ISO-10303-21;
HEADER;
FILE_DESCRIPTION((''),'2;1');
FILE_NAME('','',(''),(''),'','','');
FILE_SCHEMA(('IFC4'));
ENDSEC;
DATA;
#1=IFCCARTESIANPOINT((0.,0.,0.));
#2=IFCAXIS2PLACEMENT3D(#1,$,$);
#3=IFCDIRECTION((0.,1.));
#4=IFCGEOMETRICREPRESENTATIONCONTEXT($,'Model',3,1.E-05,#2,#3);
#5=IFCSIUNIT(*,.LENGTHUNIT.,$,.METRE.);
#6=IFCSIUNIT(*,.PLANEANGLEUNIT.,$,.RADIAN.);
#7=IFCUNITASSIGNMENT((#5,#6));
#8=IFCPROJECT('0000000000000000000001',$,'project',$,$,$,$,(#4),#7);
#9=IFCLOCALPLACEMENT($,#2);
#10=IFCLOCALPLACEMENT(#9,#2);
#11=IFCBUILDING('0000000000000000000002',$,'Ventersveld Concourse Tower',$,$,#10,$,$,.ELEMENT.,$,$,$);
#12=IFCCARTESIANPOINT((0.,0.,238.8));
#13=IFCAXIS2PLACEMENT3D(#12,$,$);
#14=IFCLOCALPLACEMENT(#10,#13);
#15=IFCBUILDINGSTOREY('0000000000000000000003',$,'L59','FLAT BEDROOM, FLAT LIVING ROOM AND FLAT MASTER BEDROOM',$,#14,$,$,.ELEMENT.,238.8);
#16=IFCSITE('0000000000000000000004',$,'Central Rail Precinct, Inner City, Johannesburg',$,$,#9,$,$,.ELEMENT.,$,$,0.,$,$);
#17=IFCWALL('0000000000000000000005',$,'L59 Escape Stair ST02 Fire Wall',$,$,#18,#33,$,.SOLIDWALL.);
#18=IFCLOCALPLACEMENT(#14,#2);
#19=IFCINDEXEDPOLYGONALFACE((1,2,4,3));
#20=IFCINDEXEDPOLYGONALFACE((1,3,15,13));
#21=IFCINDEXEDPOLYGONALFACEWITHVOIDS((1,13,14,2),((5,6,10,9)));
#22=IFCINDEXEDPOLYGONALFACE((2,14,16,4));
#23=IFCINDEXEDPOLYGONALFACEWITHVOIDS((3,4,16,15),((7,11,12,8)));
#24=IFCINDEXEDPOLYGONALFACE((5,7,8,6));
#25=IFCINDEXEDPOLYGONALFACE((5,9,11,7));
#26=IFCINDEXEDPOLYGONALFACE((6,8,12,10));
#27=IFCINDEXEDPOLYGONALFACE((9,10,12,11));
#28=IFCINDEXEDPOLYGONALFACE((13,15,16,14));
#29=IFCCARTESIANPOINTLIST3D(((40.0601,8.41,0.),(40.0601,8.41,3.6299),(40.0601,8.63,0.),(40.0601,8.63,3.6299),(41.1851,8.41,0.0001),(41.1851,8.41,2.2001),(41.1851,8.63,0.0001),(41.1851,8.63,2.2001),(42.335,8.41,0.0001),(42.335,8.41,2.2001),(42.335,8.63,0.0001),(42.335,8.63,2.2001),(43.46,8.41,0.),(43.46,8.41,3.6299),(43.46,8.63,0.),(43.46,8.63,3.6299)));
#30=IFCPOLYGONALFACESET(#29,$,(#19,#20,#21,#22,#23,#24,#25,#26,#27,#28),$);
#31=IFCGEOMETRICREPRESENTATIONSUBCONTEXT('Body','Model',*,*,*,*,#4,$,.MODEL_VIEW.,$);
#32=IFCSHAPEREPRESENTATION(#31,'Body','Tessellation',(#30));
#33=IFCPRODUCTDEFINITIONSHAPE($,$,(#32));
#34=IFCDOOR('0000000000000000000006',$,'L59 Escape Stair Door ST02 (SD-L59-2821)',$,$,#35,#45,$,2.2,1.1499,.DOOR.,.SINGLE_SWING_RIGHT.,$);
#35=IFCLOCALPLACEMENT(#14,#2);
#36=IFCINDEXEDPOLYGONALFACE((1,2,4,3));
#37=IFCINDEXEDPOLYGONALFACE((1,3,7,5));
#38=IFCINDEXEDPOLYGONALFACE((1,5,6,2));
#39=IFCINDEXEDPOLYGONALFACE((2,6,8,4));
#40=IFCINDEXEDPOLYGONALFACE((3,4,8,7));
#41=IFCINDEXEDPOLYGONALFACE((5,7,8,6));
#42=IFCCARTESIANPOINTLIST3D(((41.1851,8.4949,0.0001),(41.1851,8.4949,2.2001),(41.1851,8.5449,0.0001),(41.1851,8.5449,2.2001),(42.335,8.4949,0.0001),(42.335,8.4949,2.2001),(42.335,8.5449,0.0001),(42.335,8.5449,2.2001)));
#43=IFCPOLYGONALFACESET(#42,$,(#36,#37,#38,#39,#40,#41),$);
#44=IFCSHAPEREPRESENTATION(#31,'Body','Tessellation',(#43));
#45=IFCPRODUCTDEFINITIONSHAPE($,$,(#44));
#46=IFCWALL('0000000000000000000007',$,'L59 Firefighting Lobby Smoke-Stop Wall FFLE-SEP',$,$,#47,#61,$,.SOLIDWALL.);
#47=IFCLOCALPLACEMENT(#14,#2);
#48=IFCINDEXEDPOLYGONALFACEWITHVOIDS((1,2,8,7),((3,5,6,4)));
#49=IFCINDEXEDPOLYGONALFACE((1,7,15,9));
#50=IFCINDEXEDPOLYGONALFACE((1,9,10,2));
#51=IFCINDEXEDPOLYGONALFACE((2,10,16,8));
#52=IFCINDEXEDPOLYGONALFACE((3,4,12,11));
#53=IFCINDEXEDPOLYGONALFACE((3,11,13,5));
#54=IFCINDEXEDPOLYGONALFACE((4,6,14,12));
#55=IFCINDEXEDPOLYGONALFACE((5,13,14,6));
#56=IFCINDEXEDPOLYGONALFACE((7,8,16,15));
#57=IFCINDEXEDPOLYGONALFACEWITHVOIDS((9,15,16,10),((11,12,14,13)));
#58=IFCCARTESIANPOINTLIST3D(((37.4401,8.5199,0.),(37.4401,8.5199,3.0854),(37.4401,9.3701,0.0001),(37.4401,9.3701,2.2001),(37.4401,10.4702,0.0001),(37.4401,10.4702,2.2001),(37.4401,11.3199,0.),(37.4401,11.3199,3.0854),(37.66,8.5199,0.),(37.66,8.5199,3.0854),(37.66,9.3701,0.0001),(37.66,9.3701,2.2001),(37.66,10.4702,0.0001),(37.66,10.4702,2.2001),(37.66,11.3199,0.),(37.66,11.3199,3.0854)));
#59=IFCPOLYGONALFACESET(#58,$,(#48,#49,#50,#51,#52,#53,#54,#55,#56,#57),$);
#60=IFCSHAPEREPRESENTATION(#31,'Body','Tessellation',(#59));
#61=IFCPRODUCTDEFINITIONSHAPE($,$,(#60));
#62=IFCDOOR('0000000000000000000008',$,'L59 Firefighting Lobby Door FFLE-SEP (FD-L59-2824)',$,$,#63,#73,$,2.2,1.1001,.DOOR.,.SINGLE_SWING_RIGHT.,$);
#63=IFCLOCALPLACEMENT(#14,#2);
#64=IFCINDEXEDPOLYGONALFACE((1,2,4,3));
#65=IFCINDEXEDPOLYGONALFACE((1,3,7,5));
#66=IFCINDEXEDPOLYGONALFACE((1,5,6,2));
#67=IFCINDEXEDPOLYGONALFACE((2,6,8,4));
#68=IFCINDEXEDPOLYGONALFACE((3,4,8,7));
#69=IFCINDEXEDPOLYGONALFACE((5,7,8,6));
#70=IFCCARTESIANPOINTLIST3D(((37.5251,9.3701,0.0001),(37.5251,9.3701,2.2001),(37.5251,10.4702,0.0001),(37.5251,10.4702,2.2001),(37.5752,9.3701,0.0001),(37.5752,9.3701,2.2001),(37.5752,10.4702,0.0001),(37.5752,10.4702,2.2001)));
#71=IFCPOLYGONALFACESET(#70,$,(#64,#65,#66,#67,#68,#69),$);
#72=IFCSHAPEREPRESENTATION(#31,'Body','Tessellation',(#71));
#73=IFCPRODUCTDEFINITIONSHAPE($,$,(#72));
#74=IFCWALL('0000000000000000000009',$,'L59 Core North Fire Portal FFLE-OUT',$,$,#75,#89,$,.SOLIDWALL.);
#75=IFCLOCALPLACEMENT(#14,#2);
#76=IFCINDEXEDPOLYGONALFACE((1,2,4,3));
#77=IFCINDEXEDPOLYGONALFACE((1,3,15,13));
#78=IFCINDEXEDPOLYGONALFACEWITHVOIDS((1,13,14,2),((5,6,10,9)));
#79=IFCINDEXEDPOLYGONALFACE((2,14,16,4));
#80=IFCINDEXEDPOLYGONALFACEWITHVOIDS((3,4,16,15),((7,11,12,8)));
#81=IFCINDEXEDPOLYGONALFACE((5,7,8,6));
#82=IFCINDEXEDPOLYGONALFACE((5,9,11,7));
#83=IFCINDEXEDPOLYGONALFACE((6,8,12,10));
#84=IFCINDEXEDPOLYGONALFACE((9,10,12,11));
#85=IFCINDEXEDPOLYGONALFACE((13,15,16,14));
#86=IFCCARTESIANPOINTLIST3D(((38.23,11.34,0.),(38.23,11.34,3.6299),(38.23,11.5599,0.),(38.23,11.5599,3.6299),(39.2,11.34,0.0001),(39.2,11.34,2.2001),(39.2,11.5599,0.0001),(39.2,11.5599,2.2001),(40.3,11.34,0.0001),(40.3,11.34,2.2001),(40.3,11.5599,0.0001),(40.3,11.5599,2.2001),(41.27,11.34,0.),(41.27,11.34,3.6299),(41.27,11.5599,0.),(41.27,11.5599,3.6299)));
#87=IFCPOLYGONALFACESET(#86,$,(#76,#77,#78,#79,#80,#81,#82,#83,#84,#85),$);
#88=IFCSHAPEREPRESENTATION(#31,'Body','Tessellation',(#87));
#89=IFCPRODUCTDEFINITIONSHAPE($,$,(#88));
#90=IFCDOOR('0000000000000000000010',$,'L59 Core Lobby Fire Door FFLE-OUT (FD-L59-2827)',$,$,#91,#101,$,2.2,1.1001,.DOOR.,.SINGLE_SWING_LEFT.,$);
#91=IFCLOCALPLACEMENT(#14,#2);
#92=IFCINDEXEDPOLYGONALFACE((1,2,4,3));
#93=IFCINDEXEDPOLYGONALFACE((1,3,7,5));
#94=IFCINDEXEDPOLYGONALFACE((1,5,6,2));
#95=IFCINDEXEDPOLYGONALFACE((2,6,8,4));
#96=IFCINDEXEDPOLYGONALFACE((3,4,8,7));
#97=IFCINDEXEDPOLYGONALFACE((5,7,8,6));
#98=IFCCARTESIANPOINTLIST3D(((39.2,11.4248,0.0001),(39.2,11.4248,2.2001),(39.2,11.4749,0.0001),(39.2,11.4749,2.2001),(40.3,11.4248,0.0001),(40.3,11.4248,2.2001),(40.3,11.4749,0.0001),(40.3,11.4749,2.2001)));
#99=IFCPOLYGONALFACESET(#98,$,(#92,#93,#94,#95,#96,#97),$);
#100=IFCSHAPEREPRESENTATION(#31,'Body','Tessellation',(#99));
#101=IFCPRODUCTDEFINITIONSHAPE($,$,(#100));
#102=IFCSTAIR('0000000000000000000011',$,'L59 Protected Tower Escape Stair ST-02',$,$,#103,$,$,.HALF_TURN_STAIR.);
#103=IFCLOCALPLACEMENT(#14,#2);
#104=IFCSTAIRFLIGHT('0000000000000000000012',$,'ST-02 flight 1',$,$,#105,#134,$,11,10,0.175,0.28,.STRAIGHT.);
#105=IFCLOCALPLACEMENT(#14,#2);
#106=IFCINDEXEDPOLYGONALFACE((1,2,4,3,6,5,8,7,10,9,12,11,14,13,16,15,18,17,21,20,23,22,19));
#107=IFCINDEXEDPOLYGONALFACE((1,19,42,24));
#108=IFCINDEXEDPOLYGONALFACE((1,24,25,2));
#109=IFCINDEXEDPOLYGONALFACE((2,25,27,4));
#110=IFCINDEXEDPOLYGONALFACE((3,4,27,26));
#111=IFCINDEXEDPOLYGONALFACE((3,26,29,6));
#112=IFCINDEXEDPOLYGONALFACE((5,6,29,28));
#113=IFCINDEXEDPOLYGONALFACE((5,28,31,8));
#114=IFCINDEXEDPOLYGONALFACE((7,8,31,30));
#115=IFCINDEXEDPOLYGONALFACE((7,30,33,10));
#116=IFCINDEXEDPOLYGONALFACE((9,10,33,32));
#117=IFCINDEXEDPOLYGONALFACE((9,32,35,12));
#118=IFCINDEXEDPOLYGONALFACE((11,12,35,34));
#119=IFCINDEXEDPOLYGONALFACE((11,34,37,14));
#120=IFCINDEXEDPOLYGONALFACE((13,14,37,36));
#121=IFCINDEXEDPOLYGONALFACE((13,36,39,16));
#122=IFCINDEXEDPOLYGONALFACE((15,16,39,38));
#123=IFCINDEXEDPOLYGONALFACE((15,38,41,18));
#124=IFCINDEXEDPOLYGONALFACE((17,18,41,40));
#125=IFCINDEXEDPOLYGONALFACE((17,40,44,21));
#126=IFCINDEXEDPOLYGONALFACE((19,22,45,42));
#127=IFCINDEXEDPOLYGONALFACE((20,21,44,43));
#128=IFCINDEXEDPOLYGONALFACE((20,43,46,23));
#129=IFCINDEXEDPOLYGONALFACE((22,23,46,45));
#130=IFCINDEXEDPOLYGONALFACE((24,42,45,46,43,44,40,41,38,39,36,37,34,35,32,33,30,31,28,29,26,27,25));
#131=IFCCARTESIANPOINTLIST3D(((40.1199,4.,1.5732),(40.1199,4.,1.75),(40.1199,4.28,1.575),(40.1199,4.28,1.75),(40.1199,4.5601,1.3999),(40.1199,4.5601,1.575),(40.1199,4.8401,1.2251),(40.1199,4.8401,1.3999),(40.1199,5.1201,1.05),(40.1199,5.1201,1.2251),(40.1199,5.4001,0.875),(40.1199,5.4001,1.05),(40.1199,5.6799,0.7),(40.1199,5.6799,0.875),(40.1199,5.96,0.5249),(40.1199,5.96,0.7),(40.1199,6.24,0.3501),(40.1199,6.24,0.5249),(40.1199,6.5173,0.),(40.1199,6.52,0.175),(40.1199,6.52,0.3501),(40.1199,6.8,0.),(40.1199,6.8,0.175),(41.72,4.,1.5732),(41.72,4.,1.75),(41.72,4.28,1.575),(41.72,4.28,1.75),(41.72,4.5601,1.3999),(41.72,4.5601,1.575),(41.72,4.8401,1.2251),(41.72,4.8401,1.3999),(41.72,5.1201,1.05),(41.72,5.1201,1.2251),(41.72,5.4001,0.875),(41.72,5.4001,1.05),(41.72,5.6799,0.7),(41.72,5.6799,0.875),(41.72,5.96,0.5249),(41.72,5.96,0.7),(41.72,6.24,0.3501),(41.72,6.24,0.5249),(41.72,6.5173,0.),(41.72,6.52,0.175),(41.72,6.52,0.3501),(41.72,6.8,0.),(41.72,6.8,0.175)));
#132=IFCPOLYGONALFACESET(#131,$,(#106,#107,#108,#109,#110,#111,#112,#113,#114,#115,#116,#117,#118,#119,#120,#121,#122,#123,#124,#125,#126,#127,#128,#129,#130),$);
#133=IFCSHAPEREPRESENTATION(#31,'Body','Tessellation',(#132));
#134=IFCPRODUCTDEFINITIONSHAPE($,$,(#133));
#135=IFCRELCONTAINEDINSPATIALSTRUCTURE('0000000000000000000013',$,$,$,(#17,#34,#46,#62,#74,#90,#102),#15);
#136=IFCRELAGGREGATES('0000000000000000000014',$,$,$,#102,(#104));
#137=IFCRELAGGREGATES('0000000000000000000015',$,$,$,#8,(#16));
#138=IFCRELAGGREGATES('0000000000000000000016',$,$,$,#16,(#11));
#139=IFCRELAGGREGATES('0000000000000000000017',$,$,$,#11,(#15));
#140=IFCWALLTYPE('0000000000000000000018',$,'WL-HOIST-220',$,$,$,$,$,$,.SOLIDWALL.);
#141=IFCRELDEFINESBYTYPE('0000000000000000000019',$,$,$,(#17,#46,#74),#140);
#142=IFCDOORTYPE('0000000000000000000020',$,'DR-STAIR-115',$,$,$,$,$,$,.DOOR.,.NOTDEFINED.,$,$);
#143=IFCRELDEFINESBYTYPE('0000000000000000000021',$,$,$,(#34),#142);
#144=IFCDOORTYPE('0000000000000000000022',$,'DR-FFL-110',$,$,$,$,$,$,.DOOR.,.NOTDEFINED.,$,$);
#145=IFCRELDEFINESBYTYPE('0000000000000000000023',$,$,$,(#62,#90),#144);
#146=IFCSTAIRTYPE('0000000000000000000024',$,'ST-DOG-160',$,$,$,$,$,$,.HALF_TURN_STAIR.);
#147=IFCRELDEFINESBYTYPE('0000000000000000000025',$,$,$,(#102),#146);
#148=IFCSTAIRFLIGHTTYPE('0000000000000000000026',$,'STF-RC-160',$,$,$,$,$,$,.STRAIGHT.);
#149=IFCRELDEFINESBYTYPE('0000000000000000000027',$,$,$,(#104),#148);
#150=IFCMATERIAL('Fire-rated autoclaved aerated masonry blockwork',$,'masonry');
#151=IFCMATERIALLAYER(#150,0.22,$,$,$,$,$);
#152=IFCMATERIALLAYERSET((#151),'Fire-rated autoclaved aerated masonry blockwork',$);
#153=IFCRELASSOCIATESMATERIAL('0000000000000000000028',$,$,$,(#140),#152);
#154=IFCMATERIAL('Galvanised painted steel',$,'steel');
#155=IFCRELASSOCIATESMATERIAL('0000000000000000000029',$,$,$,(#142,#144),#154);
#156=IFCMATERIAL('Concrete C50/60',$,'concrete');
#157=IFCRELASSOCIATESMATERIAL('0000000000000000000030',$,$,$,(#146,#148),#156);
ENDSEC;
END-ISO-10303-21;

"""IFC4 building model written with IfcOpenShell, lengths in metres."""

from ifc_helpers import new_model, si_unit, direction, frame, frame_2d, origin, place, context, subcontext, project, spatial, polyline, rectangle, outline, extrude, material, layer, layer_set, type_object, element, fill, aggregate, save


model = new_model("IFC4")

# Units and contexts
model_context = context("Model", 3, precision=1e-05, world=origin(), true_north=direction((0.0, 1.0)))
body_context = subcontext(model_context, "Body", "Model", "MODEL_VIEW")
ifc_project = project(units=[si_unit("LENGTHUNIT", "METRE"), si_unit("PLANEANGLEUNIT", "RADIAN")], contexts=[model_context])

# Site, building, storey
site_placement = place(None, origin())
site = spatial("IfcSite", under=ifc_project, at=site_placement, Name="Central Rail Precinct, Inner City, Johannesburg", CompositionType="ELEMENT", RefElevation=0.0)
building_placement = place(site_placement, origin())
building = spatial("IfcBuilding", under=site, at=building_placement, Name="Ventersveld Concourse Tower", CompositionType="ELEMENT")
storey_placement = place(building_placement, frame((0.0, 0.0, 238.8)))
storey = spatial("IfcBuildingStorey", under=building, at=storey_placement, Name="L59", Description="FLAT BEDROOM, FLAT LIVING ROOM AND FLAT MASTER BEDROOM", CompositionType="ELEMENT", Elevation=238.8)

# Shared definitions
ifc_material_1 = material(Name="Concrete C50/60", Category="concrete")

# Shared definitions
ifc_material_2 = material(Name="Fire-rated autoclaved aerated masonry blockwork", Category="masonry")
ifc_layer_1 = layer(ifc_material_2, 0.22)
ifc_layer_set_1 = layer_set([ifc_layer_1], Name="Fire-rated autoclaved aerated masonry blockwork")
wall_type_1 = type_object("IfcWallType", Name="WL-HOIST-220", PredefinedType="SOLIDWALL", material=ifc_layer_set_1)

# Walls, openings, doors
wall_1_placement = place(storey_placement, frame((40.0601, 8.52, 0.0), z_axis=(0.0, 0.0, 1.0), x_axis=(1.0, 0.0, 0.0)))
wall_1 = element("IfcWall", 1, at=wall_1_placement, inside=storey, type_object=wall_type_1, Name="L59 Escape Stair ST02 Fire Wall", PredefinedType="SOLIDWALL", context=body_context, shape_type="SweptSolid", body=[
    extrude(rectangle(XDim=3.3999, YDim=0.22, at=frame_2d((1.7, 0.0))), origin(), (0.0, 0.0, 1.0), 3.6299),
])
opening_1_placement = place(wall_1_placement, frame((1.125, 0.0, 0.0)))
opening_1 = element("IfcOpeningElement", 2, at=opening_1_placement, cuts=wall_1, PredefinedType="OPENING", context=body_context, shape_type="SweptSolid", body=[
    extrude(rectangle(XDim=1.1499, YDim=2.2, at=frame_2d((0.575, 1.1001))), frame((0.0, 0.1201, 0.0), z_axis=(0.0, -1.0, 0.0), x_axis=(1.0, 0.0, 0.0)), (0.0, 0.0, 1.0), 0.24),
])
ifc_material_3 = material(Name="Galvanised painted steel", Category="steel")
door_type_1 = type_object("IfcDoorType", Name="DR-STAIR-115", OperationType="NOTDEFINED", PredefinedType="DOOR", material=ifc_material_3)
door_1_placement = place(opening_1_placement, origin())
door_1 = element("IfcDoor", 3, at=door_1_placement, inside=storey, type_object=door_type_1, Name="L59 Escape Stair Door ST02 (SD-L59-2821)", OperationType="SINGLE_SWING_RIGHT", OverallHeight=2.2, OverallWidth=1.1499, PredefinedType="DOOR", context=body_context, shape_type="SweptSolid", body=[
    extrude(rectangle(XDim=1.1499, YDim=2.2, at=frame_2d((0.575, 1.1001))), frame((0.0, 0.0249, 0.0), z_axis=(0.0, -1.0, 0.0), x_axis=(1.0, 0.0, 0.0)), (0.0, 0.0, 1.0), 0.05),
])
fill(opening_1, door_1)
wall_2_placement = place(storey_placement, frame((37.55, 8.52, 0.0), z_axis=(0.0, 0.0, 1.0), x_axis=(0.0, 1.0, 0.0)))
wall_2 = element("IfcWall", 4, at=wall_2_placement, inside=storey, type_object=wall_type_1, Name="L59 Firefighting Lobby Smoke-Stop Wall FFLE-SEP", PredefinedType="SOLIDWALL", context=body_context, shape_type="SweptSolid", body=[
    extrude(rectangle(XDim=2.8, YDim=0.22, at=frame_2d((1.3999, 0.0))), origin(), (0.0, 0.0, 1.0), 3.0854),
])
opening_2_placement = place(wall_2_placement, frame((0.8501, 0.0, 0.0)))
opening_2 = element("IfcOpeningElement", 5, at=opening_2_placement, cuts=wall_2, PredefinedType="OPENING", context=body_context, shape_type="SweptSolid", body=[
    extrude(rectangle(XDim=1.1001, YDim=2.2, at=frame_2d((0.55, 1.1001))), frame((0.0, 0.1201, 0.0), z_axis=(0.0, -1.0, 0.0), x_axis=(1.0, 0.0, 0.0)), (0.0, 0.0, 1.0), 0.24),
])
door_type_2 = type_object("IfcDoorType", Name="DR-FFL-110", OperationType="NOTDEFINED", PredefinedType="DOOR", material=ifc_material_3)
door_2_placement = place(opening_2_placement, origin())
door_2 = element("IfcDoor", 6, at=door_2_placement, inside=storey, type_object=door_type_2, Name="L59 Firefighting Lobby Door FFLE-SEP (FD-L59-2824)", OperationType="SINGLE_SWING_RIGHT", OverallHeight=2.2, OverallWidth=1.1001, PredefinedType="DOOR", context=body_context, shape_type="SweptSolid", body=[
    extrude(rectangle(XDim=1.1001, YDim=2.2, at=frame_2d((0.55, 1.1001))), frame((0.0, 0.0249, 0.0), z_axis=(0.0, -1.0, 0.0), x_axis=(1.0, 0.0, 0.0)), (0.0, 0.0, 1.0), 0.05),
])
fill(opening_2, door_2)
wall_3_placement = place(storey_placement, frame((38.23, 11.45, 0.0), z_axis=(0.0, 0.0, 1.0), x_axis=(1.0, 0.0, 0.0)))
wall_3 = element("IfcWall", 7, at=wall_3_placement, inside=storey, type_object=wall_type_1, Name="L59 Core North Fire Portal FFLE-OUT", PredefinedType="SOLIDWALL", context=body_context, shape_type="SweptSolid", body=[
    extrude(rectangle(XDim=3.04, YDim=0.22, at=frame_2d((1.52, 0.0))), origin(), (0.0, 0.0, 1.0), 3.6299),
])
opening_3_placement = place(wall_3_placement, frame((0.97, 0.0, 0.0)))
opening_3 = element("IfcOpeningElement", 8, at=opening_3_placement, cuts=wall_3, PredefinedType="OPENING", context=body_context, shape_type="SweptSolid", body=[
    extrude(rectangle(XDim=1.1001, YDim=2.2, at=frame_2d((0.55, 1.1001))), frame((0.0, 0.1201, 0.0), z_axis=(0.0, -1.0, 0.0), x_axis=(1.0, 0.0, 0.0)), (0.0, 0.0, 1.0), 0.24),
])
door_3_placement = place(opening_3_placement, origin())
door_3 = element("IfcDoor", 9, at=door_3_placement, inside=storey, type_object=door_type_2, Name="L59 Core Lobby Fire Door FFLE-OUT (FD-L59-2827)", OperationType="SINGLE_SWING_LEFT", OverallHeight=2.2, OverallWidth=1.1001, PredefinedType="DOOR", context=body_context, shape_type="SweptSolid", body=[
    extrude(rectangle(XDim=1.1001, YDim=2.2, at=frame_2d((0.55, 1.1001))), frame((0.0, 0.0249, 0.0), z_axis=(0.0, -1.0, 0.0), x_axis=(1.0, 0.0, 0.0)), (0.0, 0.0, 1.0), 0.05),
])
fill(opening_3, door_3)

# Stair, stair flight
stair_type = type_object("IfcStairType", Name="ST-DOG-160", PredefinedType="HALF_TURN_STAIR", material=ifc_material_1)
stair_placement = place(storey_placement, origin())
stair = element("IfcStair", 10, at=stair_placement, inside=storey, type_object=stair_type, Name="L59 Protected Tower Escape Stair ST-02", PredefinedType="HALF_TURN_STAIR")
stair_flight_type = type_object("IfcStairFlightType", Name="STF-RC-160", PredefinedType="STRAIGHT", material=ifc_material_1)
stair_flight_placement = place(storey_placement, frame((40.9199, 6.8, 0.0), z_axis=(0.0, 0.0, 1.0), x_axis=(0.0, -1.0, 0.0)))
stair_flight = element("IfcStairFlight", 11, at=stair_flight_placement, type_object=stair_flight_type, Name="ST-02 flight 1", NumberOfRisers=11, NumberOfTreads=10, PredefinedType="STRAIGHT", RiserHeight=0.175, TreadLength=0.28, context=body_context, shape_type="SweptSolid", body=[
    extrude(outline(polyline([(0.0, 0.0), (0.0, 0.175), (0.28, 0.175), (0.28, 0.3501), (0.5601, 0.3501), (0.5601, 0.5249), (0.8401, 0.5249), (0.8401, 0.7), (1.1201, 0.7), (1.1201, 0.875), (1.3999, 0.875), (1.3999, 1.05), (1.6799, 1.05), (1.6799, 1.2251), (1.96, 1.2251), (1.96, 1.3999), (2.24, 1.3999), (2.24, 1.575), (2.52, 1.575), (2.52, 1.75), (2.8, 1.75), (2.8, 1.925), (2.8, 1.5732), (0.2827, 0.0), (0.0, 0.0)])), frame((0.0, 0.8, 0.0), z_axis=(0.0, -1.0, 0.0), x_axis=(1.0, 0.0, 0.0)), (0.0, 0.0, 1.0), 1.6001),
])
aggregate(stair, [stair_flight])

save(model, "model.ifc")
